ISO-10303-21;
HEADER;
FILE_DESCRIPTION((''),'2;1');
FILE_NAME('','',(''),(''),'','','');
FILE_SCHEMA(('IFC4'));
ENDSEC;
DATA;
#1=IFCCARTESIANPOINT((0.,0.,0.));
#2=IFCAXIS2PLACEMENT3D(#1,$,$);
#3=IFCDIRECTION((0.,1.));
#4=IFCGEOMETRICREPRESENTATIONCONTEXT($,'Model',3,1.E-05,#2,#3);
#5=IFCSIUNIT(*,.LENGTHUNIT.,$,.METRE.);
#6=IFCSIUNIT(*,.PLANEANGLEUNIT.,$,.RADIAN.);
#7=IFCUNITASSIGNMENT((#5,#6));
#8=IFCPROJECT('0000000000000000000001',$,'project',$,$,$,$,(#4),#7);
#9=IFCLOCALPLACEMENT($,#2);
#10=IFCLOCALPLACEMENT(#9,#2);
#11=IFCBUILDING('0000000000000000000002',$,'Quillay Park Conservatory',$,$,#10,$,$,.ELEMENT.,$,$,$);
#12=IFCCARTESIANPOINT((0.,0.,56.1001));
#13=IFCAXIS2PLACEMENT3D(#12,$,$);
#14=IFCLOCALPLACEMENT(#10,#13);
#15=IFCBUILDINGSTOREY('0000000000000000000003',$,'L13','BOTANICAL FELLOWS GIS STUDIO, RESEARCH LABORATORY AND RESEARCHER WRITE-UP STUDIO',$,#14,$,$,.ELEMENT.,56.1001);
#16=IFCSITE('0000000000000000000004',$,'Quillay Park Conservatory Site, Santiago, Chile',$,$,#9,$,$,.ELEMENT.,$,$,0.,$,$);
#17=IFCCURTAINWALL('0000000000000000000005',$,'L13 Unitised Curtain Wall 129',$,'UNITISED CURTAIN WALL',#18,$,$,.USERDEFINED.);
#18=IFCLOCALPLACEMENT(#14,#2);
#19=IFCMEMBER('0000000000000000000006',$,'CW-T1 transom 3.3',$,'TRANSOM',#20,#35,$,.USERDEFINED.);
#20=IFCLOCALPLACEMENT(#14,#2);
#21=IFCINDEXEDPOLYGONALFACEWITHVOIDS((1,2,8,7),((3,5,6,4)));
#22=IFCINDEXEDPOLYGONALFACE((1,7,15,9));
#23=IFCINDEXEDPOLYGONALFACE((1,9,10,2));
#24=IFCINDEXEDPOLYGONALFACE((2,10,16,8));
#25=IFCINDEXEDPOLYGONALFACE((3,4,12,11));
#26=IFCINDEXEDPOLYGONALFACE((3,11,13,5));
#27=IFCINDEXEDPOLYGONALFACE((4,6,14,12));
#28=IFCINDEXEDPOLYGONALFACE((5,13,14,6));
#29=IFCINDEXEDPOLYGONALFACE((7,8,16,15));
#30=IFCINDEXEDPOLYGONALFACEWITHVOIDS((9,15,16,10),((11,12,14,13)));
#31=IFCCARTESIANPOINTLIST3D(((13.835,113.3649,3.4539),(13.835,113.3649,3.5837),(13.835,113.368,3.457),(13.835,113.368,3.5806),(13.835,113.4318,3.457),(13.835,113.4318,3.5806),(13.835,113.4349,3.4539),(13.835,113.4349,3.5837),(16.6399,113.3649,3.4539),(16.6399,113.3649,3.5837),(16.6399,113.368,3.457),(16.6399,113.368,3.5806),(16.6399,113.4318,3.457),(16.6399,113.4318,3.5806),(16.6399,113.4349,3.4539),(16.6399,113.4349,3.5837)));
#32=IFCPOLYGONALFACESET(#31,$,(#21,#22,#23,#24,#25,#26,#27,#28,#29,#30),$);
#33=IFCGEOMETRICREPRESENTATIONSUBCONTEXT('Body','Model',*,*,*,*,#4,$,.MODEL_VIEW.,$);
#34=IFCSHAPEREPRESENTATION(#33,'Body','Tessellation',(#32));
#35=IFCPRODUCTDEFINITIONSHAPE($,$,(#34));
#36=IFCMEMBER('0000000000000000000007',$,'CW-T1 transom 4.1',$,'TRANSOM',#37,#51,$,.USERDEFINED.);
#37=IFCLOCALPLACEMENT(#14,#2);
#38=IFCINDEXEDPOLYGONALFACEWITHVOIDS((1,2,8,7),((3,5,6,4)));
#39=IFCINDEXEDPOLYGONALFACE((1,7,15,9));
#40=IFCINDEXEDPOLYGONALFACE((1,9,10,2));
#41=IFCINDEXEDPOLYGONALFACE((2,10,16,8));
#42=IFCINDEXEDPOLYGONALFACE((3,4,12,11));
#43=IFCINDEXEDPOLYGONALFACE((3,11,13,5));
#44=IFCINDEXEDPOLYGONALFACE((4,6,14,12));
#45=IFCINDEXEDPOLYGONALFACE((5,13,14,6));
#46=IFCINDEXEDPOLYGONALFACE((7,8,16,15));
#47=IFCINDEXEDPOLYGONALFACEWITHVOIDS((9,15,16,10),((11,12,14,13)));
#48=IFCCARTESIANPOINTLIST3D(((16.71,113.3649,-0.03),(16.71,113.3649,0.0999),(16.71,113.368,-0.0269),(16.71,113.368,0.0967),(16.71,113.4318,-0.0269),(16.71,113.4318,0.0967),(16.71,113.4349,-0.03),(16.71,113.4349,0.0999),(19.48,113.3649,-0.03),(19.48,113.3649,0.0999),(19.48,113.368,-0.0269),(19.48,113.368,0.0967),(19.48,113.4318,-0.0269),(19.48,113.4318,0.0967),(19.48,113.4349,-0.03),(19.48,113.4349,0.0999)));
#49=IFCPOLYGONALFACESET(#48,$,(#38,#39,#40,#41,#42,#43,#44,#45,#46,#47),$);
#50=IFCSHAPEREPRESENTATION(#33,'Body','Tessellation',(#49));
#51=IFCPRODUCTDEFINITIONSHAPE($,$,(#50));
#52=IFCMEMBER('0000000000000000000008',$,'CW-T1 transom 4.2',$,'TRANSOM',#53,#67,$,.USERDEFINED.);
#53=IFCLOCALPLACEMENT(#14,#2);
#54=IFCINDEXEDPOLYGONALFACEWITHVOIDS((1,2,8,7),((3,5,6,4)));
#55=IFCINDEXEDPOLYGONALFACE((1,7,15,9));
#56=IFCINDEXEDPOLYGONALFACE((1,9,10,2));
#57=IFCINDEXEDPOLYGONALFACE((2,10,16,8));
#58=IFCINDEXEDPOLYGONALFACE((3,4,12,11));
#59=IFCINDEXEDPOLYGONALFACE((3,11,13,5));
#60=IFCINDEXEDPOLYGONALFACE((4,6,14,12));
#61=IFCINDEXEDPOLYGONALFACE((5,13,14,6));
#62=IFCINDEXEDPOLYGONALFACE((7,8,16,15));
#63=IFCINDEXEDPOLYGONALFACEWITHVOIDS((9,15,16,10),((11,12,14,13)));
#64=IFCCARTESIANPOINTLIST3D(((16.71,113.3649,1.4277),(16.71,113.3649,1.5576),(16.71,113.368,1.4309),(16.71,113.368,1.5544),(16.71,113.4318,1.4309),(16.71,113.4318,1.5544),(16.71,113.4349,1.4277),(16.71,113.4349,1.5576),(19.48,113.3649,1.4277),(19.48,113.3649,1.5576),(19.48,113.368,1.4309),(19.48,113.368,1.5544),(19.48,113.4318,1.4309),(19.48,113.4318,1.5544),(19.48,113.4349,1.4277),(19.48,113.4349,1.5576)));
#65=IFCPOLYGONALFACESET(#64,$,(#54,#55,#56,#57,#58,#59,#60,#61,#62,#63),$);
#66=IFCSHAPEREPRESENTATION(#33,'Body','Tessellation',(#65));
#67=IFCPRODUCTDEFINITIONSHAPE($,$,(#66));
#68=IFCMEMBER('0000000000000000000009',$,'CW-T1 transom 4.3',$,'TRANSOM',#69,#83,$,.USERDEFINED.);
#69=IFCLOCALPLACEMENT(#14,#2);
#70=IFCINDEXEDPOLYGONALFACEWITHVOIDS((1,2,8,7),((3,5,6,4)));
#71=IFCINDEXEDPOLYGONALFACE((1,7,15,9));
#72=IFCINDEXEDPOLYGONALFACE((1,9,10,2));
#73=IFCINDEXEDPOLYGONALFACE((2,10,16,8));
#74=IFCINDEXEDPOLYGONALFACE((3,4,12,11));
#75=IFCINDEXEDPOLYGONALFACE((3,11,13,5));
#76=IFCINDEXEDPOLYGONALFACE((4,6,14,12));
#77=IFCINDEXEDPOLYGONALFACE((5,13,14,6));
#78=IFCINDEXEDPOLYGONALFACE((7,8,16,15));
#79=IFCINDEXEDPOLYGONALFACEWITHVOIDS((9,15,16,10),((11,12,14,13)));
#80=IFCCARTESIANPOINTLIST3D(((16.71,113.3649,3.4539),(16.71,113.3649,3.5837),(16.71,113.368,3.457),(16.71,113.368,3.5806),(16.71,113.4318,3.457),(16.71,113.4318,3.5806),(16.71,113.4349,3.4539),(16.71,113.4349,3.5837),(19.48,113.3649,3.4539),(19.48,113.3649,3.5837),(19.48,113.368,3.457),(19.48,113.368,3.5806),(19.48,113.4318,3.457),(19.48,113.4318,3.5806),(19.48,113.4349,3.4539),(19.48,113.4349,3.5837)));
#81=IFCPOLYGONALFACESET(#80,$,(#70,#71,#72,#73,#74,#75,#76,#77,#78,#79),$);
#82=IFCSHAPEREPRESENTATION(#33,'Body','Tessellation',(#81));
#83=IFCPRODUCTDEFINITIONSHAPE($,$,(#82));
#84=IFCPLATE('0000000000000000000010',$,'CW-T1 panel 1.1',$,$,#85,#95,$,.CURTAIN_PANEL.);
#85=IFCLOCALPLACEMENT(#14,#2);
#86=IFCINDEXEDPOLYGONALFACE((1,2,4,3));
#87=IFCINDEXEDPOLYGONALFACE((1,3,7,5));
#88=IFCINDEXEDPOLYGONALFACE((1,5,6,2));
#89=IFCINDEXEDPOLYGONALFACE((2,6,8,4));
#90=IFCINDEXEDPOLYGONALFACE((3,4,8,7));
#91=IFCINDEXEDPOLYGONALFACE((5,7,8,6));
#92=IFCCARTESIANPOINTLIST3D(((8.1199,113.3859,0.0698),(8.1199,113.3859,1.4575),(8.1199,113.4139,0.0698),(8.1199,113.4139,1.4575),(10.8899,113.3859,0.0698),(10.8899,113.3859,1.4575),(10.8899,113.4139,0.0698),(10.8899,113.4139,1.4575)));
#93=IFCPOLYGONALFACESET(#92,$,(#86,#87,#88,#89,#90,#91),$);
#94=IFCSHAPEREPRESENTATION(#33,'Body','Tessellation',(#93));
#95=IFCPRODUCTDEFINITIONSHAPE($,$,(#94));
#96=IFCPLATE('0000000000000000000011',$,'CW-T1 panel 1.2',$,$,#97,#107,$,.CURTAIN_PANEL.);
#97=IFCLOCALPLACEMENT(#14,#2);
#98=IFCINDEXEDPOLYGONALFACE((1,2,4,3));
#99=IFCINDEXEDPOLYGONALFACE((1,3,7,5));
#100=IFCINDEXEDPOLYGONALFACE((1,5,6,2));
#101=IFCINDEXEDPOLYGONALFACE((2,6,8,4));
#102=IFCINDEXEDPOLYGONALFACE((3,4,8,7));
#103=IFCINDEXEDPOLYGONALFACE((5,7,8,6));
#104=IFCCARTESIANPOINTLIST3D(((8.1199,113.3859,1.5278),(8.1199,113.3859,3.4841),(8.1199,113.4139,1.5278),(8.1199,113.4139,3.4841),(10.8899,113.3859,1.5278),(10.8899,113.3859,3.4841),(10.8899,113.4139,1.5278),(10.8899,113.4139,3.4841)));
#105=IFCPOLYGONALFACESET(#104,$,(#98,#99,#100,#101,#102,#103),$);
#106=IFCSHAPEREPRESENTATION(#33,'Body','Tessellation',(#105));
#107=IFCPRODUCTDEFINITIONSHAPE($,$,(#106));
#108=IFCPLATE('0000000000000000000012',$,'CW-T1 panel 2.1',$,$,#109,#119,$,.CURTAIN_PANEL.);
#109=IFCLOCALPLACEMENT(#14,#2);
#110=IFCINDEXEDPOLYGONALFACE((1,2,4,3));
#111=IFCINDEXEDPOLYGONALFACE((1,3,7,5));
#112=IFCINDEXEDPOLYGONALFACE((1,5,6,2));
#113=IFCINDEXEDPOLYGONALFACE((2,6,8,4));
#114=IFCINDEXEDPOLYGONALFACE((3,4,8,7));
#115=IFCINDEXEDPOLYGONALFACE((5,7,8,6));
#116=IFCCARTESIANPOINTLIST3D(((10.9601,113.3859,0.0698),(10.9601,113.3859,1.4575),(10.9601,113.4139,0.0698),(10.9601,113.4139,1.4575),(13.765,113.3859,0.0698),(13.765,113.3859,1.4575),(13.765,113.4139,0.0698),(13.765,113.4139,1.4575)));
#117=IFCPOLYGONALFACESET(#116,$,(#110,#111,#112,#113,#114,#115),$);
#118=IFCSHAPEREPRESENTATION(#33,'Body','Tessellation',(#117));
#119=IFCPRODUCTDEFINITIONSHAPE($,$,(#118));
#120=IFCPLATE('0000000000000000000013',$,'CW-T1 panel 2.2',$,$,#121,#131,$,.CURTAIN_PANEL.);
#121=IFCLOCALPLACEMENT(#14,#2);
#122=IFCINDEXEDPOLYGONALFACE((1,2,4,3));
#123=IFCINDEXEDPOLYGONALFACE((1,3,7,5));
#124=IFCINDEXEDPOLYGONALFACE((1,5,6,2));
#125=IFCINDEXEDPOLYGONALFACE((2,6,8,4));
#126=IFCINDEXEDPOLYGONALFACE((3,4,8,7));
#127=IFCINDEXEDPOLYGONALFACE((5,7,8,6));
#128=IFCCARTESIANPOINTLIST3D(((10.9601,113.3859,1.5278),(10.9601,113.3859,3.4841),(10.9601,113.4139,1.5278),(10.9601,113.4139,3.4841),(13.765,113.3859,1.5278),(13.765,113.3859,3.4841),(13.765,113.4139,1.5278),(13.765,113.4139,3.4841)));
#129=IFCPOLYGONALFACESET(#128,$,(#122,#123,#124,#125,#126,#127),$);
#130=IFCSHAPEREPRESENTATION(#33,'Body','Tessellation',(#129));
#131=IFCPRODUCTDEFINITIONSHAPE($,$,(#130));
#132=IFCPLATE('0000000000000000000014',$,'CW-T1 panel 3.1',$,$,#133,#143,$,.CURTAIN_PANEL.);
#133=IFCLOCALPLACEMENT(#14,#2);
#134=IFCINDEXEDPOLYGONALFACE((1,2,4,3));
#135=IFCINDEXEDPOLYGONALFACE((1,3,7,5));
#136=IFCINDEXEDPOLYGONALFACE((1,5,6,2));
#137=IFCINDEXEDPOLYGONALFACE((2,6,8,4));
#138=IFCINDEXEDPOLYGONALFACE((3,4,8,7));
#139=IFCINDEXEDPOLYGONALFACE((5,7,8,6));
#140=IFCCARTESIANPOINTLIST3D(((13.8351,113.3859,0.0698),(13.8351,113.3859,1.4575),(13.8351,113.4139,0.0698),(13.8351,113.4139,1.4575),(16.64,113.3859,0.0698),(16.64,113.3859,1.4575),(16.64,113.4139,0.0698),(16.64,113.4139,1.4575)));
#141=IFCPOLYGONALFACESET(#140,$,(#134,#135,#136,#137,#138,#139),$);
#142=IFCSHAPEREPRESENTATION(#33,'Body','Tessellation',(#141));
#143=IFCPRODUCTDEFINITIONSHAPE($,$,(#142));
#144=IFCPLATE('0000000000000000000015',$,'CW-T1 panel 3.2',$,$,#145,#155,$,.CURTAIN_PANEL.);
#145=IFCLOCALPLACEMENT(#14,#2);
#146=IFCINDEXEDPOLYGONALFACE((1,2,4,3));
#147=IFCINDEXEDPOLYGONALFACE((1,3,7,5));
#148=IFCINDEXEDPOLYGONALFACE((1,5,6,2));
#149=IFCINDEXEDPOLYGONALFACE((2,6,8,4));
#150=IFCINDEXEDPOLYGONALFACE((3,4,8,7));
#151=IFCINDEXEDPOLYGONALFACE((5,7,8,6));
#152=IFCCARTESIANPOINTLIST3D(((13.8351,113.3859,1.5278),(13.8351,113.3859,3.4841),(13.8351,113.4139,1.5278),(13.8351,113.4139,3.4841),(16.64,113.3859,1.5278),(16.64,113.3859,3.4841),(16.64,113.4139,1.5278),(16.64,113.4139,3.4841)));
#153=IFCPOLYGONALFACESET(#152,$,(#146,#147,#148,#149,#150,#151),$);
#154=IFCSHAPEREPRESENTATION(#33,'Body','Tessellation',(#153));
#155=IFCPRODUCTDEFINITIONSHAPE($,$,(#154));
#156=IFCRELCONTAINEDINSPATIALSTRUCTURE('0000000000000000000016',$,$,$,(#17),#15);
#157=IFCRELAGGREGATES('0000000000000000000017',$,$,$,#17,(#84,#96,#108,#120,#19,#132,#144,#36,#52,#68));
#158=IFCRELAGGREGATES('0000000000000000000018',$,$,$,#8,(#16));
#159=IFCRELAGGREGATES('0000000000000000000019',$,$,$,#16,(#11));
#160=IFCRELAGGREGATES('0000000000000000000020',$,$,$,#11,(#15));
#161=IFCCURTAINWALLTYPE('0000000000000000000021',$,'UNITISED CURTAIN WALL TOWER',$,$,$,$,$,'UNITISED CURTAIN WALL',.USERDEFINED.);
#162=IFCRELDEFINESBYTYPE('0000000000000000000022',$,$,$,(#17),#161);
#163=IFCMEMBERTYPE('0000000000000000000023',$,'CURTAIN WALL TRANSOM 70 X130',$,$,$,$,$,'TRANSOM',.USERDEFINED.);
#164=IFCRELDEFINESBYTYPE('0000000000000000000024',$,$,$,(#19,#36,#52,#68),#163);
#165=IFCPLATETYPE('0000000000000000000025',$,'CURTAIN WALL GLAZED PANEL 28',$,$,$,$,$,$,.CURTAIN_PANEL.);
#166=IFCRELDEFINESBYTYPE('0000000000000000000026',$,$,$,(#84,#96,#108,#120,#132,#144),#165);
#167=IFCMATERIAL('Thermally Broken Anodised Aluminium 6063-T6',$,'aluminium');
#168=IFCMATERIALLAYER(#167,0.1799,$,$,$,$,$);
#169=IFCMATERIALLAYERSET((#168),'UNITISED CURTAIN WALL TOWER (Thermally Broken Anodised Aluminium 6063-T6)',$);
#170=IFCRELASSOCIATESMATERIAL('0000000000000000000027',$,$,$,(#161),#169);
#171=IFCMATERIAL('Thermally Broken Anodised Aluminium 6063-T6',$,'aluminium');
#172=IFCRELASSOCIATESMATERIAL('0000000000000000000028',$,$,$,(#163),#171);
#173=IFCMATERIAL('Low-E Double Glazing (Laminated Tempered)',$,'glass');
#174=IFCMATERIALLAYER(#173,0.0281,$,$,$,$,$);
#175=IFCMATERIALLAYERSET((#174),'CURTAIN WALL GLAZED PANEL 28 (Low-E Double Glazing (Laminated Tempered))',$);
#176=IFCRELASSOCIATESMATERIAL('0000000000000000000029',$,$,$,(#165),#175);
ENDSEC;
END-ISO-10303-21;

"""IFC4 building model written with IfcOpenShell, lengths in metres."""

from ifc_helpers import new_model, si_unit, direction, frame, origin, origin_2d, place, context, subcontext, project, spatial, rectangle, hollow_rectangle, extrude, material, layer, layer_set, material_profile, profile_set, type_object, element, aggregate, save


model = new_model("IFC4")

# Units and contexts
model_context = context("Model", 3, precision=1e-05, world=origin(), true_north=direction((0.0, 1.0)))
body_context = subcontext(model_context, "Body", "Model", "MODEL_VIEW")
ifc_project = project(units=[si_unit("LENGTHUNIT", "METRE"), si_unit("PLANEANGLEUNIT", "RADIAN")], contexts=[model_context])

# Site, building, storey
site_placement = place(None, origin())
site = spatial("IfcSite", under=ifc_project, at=site_placement, Name="Quillay Park Conservatory Site, Santiago, Chile", CompositionType="ELEMENT", RefElevation=0.0)
building_placement = place(site_placement, origin())
building = spatial("IfcBuilding", under=site, at=building_placement, Name="Quillay Park Conservatory", CompositionType="ELEMENT")
storey_placement = place(building_placement, frame((0.0, 0.0, 56.1001)))
storey = spatial("IfcBuildingStorey", under=building, at=storey_placement, Name="L13", Description="BOTANICAL FELLOWS GIS STUDIO, RESEARCH LABORATORY AND RESEARCHER WRITE-UP STUDIO", CompositionType="ELEMENT", Elevation=56.1001)

# Curtain wall, members, plates
ifc_material_1 = material(Name="Thermally Broken Anodised Aluminium 6063-T6", Category="aluminium")
ifc_layer_1 = layer(ifc_material_1, 0.1799)
ifc_layer_set_1 = layer_set([ifc_layer_1], Name="UNITISED CURTAIN WALL TOWER (Thermally Broken Anodised Aluminium 6063-T6)")
curtain_wall_type = type_object("IfcCurtainWallType", Name="UNITISED CURTAIN WALL TOWER", ElementType="UNITISED CURTAIN WALL", PredefinedType="USERDEFINED", material=ifc_layer_set_1)
curtain_wall_placement = place(storey_placement, origin())
curtain_wall = element("IfcCurtainWall", 1, at=curtain_wall_placement, inside=storey, type_object=curtain_wall_type, Name="L13 Unitised Curtain Wall 129", ObjectType="UNITISED CURTAIN WALL", PredefinedType="USERDEFINED")
ifc_material_2 = material(Name="Thermally Broken Anodised Aluminium 6063-T6", Category="aluminium")
ifc_material_profile_1 = material_profile(ifc_material_2, hollow_rectangle(XDim=0.0701, YDim=0.1299, WallThickness=0.0032, at=origin_2d()), Name="AL70x130x3.2")
ifc_profile_set_1 = profile_set([ifc_material_profile_1], Name="Thermally Broken Anodised Aluminium 6063-T6")
member_type_1 = type_object("IfcMemberType", Name="CURTAIN WALL TRANSOM 70 X130", ElementType="TRANSOM", PredefinedType="USERDEFINED", material=ifc_profile_set_1)
member_1_placement = place(storey_placement, frame((13.835, 113.3999, 3.5188), z_axis=(1.0, 0.0, 0.0), x_axis=(0.0, 1.0, 0.0)))
member_1 = element("IfcMember", 2, at=member_1_placement, type_object=member_type_1, Name="CW-T1 transom 3.3", ObjectType="TRANSOM", PredefinedType="USERDEFINED", context=body_context, shape_type="SweptSolid", body=[
    extrude(hollow_rectangle(XDim=0.0701, YDim=0.1299, WallThickness=0.0032, at=origin_2d()), origin(), (0.0, 0.0, 1.0), 2.8049),
])
member_2_placement = place(storey_placement, frame((16.71, 113.3999, 0.0349), z_axis=(1.0, 0.0, 0.0), x_axis=(0.0, 1.0, 0.0)))
member_2 = element("IfcMember", 3, at=member_2_placement, type_object=member_type_1, Name="CW-T1 transom 4.1", ObjectType="TRANSOM", PredefinedType="USERDEFINED", context=body_context, shape_type="SweptSolid", body=[
    extrude(hollow_rectangle(XDim=0.0701, YDim=0.1299, WallThickness=0.0032, at=origin_2d()), origin(), (0.0, 0.0, 1.0), 2.77),
])
member_3_placement = place(storey_placement, frame((16.71, 113.3999, 1.4927), z_axis=(1.0, 0.0, 0.0), x_axis=(0.0, 1.0, 0.0)))
member_3 = element("IfcMember", 4, at=member_3_placement, type_object=member_type_1, Name="CW-T1 transom 4.2", ObjectType="TRANSOM", PredefinedType="USERDEFINED", context=body_context, shape_type="SweptSolid", body=[
    extrude(hollow_rectangle(XDim=0.0701, YDim=0.1299, WallThickness=0.0032, at=origin_2d()), origin(), (0.0, 0.0, 1.0), 2.77),
])
member_4_placement = place(storey_placement, frame((16.71, 113.3999, 3.5188), z_axis=(1.0, 0.0, 0.0), x_axis=(0.0, 1.0, 0.0)))
member_4 = element("IfcMember", 5, at=member_4_placement, type_object=member_type_1, Name="CW-T1 transom 4.3", ObjectType="TRANSOM", PredefinedType="USERDEFINED", context=body_context, shape_type="SweptSolid", body=[
    extrude(hollow_rectangle(XDim=0.0701, YDim=0.1299, WallThickness=0.0032, at=origin_2d()), origin(), (0.0, 0.0, 1.0), 2.77),
])
ifc_material_3 = material(Name="Low-E Double Glazing (Laminated Tempered)", Category="glass")
ifc_layer_2 = layer(ifc_material_3, 0.0281)
ifc_layer_set_2 = layer_set([ifc_layer_2], Name="CURTAIN WALL GLAZED PANEL 28 (Low-E Double Glazing (Laminated Tempered))")
plate_type = type_object("IfcPlateType", Name="CURTAIN WALL GLAZED PANEL 28", PredefinedType="CURTAIN_PANEL", material=ifc_layer_set_2)
plate_1_placement = place(storey_placement, frame((9.5049, 113.3999, 0.0698), z_axis=(0.0, 0.0, 1.0), x_axis=(1.0, 0.0, 0.0)))
plate_1 = element("IfcPlate", 6, at=plate_1_placement, type_object=plate_type, Name="CW-T1 panel 1.1", PredefinedType="CURTAIN_PANEL", context=body_context, shape_type="SweptSolid", body=[
    extrude(rectangle(XDim=2.77, YDim=0.0281, at=origin_2d()), origin(), (0.0, 0.0, 1.0), 1.3877),
])
plate_2_placement = place(storey_placement, frame((9.5049, 113.3999, 1.5278), z_axis=(0.0, 0.0, 1.0), x_axis=(1.0, 0.0, 0.0)))
plate_2 = element("IfcPlate", 7, at=plate_2_placement, type_object=plate_type, Name="CW-T1 panel 1.2", PredefinedType="CURTAIN_PANEL", context=body_context, shape_type="SweptSolid", body=[
    extrude(rectangle(XDim=2.77, YDim=0.0281, at=origin_2d()), origin(), (0.0, 0.0, 1.0), 1.9563),
])
plate_3_placement = place(storey_placement, frame((12.3625, 113.3999, 0.0698), z_axis=(0.0, 0.0, 1.0), x_axis=(1.0, 0.0, 0.0)))
plate_3 = element("IfcPlate", 8, at=plate_3_placement, type_object=plate_type, Name="CW-T1 panel 2.1", PredefinedType="CURTAIN_PANEL", context=body_context, shape_type="SweptSolid", body=[
    extrude(rectangle(XDim=2.8049, YDim=0.0281, at=origin_2d()), origin(), (0.0, 0.0, 1.0), 1.3877),
])
plate_4_placement = place(storey_placement, frame((12.3625, 113.3999, 1.5278), z_axis=(0.0, 0.0, 1.0), x_axis=(1.0, 0.0, 0.0)))
plate_4 = element("IfcPlate", 9, at=plate_4_placement, type_object=plate_type, Name="CW-T1 panel 2.2", PredefinedType="CURTAIN_PANEL", context=body_context, shape_type="SweptSolid", body=[
    extrude(rectangle(XDim=2.8049, YDim=0.0281, at=origin_2d()), origin(), (0.0, 0.0, 1.0), 1.9563),
])
plate_5_placement = place(storey_placement, frame((15.2375, 113.3999, 0.0698), z_axis=(0.0, 0.0, 1.0), x_axis=(1.0, 0.0, 0.0)))
plate_5 = element("IfcPlate", 10, at=plate_5_placement, type_object=plate_type, Name="CW-T1 panel 3.1", PredefinedType="CURTAIN_PANEL", context=body_context, shape_type="SweptSolid", body=[
    extrude(rectangle(XDim=2.8049, YDim=0.0281, at=origin_2d()), origin(), (0.0, 0.0, 1.0), 1.3877),
])
plate_6_placement = place(storey_placement, frame((15.2375, 113.3999, 1.5278), z_axis=(0.0, 0.0, 1.0), x_axis=(1.0, 0.0, 0.0)))
plate_6 = element("IfcPlate", 11, at=plate_6_placement, type_object=plate_type, Name="CW-T1 panel 3.2", PredefinedType="CURTAIN_PANEL", context=body_context, shape_type="SweptSolid", body=[
    extrude(rectangle(XDim=2.8049, YDim=0.0281, at=origin_2d()), origin(), (0.0, 0.0, 1.0), 1.9563),
])
aggregate(curtain_wall, [plate_1, plate_2, plate_3, plate_4, member_1, plate_5, plate_6, member_2, member_3, member_4])

save(model, "model.ifc")
